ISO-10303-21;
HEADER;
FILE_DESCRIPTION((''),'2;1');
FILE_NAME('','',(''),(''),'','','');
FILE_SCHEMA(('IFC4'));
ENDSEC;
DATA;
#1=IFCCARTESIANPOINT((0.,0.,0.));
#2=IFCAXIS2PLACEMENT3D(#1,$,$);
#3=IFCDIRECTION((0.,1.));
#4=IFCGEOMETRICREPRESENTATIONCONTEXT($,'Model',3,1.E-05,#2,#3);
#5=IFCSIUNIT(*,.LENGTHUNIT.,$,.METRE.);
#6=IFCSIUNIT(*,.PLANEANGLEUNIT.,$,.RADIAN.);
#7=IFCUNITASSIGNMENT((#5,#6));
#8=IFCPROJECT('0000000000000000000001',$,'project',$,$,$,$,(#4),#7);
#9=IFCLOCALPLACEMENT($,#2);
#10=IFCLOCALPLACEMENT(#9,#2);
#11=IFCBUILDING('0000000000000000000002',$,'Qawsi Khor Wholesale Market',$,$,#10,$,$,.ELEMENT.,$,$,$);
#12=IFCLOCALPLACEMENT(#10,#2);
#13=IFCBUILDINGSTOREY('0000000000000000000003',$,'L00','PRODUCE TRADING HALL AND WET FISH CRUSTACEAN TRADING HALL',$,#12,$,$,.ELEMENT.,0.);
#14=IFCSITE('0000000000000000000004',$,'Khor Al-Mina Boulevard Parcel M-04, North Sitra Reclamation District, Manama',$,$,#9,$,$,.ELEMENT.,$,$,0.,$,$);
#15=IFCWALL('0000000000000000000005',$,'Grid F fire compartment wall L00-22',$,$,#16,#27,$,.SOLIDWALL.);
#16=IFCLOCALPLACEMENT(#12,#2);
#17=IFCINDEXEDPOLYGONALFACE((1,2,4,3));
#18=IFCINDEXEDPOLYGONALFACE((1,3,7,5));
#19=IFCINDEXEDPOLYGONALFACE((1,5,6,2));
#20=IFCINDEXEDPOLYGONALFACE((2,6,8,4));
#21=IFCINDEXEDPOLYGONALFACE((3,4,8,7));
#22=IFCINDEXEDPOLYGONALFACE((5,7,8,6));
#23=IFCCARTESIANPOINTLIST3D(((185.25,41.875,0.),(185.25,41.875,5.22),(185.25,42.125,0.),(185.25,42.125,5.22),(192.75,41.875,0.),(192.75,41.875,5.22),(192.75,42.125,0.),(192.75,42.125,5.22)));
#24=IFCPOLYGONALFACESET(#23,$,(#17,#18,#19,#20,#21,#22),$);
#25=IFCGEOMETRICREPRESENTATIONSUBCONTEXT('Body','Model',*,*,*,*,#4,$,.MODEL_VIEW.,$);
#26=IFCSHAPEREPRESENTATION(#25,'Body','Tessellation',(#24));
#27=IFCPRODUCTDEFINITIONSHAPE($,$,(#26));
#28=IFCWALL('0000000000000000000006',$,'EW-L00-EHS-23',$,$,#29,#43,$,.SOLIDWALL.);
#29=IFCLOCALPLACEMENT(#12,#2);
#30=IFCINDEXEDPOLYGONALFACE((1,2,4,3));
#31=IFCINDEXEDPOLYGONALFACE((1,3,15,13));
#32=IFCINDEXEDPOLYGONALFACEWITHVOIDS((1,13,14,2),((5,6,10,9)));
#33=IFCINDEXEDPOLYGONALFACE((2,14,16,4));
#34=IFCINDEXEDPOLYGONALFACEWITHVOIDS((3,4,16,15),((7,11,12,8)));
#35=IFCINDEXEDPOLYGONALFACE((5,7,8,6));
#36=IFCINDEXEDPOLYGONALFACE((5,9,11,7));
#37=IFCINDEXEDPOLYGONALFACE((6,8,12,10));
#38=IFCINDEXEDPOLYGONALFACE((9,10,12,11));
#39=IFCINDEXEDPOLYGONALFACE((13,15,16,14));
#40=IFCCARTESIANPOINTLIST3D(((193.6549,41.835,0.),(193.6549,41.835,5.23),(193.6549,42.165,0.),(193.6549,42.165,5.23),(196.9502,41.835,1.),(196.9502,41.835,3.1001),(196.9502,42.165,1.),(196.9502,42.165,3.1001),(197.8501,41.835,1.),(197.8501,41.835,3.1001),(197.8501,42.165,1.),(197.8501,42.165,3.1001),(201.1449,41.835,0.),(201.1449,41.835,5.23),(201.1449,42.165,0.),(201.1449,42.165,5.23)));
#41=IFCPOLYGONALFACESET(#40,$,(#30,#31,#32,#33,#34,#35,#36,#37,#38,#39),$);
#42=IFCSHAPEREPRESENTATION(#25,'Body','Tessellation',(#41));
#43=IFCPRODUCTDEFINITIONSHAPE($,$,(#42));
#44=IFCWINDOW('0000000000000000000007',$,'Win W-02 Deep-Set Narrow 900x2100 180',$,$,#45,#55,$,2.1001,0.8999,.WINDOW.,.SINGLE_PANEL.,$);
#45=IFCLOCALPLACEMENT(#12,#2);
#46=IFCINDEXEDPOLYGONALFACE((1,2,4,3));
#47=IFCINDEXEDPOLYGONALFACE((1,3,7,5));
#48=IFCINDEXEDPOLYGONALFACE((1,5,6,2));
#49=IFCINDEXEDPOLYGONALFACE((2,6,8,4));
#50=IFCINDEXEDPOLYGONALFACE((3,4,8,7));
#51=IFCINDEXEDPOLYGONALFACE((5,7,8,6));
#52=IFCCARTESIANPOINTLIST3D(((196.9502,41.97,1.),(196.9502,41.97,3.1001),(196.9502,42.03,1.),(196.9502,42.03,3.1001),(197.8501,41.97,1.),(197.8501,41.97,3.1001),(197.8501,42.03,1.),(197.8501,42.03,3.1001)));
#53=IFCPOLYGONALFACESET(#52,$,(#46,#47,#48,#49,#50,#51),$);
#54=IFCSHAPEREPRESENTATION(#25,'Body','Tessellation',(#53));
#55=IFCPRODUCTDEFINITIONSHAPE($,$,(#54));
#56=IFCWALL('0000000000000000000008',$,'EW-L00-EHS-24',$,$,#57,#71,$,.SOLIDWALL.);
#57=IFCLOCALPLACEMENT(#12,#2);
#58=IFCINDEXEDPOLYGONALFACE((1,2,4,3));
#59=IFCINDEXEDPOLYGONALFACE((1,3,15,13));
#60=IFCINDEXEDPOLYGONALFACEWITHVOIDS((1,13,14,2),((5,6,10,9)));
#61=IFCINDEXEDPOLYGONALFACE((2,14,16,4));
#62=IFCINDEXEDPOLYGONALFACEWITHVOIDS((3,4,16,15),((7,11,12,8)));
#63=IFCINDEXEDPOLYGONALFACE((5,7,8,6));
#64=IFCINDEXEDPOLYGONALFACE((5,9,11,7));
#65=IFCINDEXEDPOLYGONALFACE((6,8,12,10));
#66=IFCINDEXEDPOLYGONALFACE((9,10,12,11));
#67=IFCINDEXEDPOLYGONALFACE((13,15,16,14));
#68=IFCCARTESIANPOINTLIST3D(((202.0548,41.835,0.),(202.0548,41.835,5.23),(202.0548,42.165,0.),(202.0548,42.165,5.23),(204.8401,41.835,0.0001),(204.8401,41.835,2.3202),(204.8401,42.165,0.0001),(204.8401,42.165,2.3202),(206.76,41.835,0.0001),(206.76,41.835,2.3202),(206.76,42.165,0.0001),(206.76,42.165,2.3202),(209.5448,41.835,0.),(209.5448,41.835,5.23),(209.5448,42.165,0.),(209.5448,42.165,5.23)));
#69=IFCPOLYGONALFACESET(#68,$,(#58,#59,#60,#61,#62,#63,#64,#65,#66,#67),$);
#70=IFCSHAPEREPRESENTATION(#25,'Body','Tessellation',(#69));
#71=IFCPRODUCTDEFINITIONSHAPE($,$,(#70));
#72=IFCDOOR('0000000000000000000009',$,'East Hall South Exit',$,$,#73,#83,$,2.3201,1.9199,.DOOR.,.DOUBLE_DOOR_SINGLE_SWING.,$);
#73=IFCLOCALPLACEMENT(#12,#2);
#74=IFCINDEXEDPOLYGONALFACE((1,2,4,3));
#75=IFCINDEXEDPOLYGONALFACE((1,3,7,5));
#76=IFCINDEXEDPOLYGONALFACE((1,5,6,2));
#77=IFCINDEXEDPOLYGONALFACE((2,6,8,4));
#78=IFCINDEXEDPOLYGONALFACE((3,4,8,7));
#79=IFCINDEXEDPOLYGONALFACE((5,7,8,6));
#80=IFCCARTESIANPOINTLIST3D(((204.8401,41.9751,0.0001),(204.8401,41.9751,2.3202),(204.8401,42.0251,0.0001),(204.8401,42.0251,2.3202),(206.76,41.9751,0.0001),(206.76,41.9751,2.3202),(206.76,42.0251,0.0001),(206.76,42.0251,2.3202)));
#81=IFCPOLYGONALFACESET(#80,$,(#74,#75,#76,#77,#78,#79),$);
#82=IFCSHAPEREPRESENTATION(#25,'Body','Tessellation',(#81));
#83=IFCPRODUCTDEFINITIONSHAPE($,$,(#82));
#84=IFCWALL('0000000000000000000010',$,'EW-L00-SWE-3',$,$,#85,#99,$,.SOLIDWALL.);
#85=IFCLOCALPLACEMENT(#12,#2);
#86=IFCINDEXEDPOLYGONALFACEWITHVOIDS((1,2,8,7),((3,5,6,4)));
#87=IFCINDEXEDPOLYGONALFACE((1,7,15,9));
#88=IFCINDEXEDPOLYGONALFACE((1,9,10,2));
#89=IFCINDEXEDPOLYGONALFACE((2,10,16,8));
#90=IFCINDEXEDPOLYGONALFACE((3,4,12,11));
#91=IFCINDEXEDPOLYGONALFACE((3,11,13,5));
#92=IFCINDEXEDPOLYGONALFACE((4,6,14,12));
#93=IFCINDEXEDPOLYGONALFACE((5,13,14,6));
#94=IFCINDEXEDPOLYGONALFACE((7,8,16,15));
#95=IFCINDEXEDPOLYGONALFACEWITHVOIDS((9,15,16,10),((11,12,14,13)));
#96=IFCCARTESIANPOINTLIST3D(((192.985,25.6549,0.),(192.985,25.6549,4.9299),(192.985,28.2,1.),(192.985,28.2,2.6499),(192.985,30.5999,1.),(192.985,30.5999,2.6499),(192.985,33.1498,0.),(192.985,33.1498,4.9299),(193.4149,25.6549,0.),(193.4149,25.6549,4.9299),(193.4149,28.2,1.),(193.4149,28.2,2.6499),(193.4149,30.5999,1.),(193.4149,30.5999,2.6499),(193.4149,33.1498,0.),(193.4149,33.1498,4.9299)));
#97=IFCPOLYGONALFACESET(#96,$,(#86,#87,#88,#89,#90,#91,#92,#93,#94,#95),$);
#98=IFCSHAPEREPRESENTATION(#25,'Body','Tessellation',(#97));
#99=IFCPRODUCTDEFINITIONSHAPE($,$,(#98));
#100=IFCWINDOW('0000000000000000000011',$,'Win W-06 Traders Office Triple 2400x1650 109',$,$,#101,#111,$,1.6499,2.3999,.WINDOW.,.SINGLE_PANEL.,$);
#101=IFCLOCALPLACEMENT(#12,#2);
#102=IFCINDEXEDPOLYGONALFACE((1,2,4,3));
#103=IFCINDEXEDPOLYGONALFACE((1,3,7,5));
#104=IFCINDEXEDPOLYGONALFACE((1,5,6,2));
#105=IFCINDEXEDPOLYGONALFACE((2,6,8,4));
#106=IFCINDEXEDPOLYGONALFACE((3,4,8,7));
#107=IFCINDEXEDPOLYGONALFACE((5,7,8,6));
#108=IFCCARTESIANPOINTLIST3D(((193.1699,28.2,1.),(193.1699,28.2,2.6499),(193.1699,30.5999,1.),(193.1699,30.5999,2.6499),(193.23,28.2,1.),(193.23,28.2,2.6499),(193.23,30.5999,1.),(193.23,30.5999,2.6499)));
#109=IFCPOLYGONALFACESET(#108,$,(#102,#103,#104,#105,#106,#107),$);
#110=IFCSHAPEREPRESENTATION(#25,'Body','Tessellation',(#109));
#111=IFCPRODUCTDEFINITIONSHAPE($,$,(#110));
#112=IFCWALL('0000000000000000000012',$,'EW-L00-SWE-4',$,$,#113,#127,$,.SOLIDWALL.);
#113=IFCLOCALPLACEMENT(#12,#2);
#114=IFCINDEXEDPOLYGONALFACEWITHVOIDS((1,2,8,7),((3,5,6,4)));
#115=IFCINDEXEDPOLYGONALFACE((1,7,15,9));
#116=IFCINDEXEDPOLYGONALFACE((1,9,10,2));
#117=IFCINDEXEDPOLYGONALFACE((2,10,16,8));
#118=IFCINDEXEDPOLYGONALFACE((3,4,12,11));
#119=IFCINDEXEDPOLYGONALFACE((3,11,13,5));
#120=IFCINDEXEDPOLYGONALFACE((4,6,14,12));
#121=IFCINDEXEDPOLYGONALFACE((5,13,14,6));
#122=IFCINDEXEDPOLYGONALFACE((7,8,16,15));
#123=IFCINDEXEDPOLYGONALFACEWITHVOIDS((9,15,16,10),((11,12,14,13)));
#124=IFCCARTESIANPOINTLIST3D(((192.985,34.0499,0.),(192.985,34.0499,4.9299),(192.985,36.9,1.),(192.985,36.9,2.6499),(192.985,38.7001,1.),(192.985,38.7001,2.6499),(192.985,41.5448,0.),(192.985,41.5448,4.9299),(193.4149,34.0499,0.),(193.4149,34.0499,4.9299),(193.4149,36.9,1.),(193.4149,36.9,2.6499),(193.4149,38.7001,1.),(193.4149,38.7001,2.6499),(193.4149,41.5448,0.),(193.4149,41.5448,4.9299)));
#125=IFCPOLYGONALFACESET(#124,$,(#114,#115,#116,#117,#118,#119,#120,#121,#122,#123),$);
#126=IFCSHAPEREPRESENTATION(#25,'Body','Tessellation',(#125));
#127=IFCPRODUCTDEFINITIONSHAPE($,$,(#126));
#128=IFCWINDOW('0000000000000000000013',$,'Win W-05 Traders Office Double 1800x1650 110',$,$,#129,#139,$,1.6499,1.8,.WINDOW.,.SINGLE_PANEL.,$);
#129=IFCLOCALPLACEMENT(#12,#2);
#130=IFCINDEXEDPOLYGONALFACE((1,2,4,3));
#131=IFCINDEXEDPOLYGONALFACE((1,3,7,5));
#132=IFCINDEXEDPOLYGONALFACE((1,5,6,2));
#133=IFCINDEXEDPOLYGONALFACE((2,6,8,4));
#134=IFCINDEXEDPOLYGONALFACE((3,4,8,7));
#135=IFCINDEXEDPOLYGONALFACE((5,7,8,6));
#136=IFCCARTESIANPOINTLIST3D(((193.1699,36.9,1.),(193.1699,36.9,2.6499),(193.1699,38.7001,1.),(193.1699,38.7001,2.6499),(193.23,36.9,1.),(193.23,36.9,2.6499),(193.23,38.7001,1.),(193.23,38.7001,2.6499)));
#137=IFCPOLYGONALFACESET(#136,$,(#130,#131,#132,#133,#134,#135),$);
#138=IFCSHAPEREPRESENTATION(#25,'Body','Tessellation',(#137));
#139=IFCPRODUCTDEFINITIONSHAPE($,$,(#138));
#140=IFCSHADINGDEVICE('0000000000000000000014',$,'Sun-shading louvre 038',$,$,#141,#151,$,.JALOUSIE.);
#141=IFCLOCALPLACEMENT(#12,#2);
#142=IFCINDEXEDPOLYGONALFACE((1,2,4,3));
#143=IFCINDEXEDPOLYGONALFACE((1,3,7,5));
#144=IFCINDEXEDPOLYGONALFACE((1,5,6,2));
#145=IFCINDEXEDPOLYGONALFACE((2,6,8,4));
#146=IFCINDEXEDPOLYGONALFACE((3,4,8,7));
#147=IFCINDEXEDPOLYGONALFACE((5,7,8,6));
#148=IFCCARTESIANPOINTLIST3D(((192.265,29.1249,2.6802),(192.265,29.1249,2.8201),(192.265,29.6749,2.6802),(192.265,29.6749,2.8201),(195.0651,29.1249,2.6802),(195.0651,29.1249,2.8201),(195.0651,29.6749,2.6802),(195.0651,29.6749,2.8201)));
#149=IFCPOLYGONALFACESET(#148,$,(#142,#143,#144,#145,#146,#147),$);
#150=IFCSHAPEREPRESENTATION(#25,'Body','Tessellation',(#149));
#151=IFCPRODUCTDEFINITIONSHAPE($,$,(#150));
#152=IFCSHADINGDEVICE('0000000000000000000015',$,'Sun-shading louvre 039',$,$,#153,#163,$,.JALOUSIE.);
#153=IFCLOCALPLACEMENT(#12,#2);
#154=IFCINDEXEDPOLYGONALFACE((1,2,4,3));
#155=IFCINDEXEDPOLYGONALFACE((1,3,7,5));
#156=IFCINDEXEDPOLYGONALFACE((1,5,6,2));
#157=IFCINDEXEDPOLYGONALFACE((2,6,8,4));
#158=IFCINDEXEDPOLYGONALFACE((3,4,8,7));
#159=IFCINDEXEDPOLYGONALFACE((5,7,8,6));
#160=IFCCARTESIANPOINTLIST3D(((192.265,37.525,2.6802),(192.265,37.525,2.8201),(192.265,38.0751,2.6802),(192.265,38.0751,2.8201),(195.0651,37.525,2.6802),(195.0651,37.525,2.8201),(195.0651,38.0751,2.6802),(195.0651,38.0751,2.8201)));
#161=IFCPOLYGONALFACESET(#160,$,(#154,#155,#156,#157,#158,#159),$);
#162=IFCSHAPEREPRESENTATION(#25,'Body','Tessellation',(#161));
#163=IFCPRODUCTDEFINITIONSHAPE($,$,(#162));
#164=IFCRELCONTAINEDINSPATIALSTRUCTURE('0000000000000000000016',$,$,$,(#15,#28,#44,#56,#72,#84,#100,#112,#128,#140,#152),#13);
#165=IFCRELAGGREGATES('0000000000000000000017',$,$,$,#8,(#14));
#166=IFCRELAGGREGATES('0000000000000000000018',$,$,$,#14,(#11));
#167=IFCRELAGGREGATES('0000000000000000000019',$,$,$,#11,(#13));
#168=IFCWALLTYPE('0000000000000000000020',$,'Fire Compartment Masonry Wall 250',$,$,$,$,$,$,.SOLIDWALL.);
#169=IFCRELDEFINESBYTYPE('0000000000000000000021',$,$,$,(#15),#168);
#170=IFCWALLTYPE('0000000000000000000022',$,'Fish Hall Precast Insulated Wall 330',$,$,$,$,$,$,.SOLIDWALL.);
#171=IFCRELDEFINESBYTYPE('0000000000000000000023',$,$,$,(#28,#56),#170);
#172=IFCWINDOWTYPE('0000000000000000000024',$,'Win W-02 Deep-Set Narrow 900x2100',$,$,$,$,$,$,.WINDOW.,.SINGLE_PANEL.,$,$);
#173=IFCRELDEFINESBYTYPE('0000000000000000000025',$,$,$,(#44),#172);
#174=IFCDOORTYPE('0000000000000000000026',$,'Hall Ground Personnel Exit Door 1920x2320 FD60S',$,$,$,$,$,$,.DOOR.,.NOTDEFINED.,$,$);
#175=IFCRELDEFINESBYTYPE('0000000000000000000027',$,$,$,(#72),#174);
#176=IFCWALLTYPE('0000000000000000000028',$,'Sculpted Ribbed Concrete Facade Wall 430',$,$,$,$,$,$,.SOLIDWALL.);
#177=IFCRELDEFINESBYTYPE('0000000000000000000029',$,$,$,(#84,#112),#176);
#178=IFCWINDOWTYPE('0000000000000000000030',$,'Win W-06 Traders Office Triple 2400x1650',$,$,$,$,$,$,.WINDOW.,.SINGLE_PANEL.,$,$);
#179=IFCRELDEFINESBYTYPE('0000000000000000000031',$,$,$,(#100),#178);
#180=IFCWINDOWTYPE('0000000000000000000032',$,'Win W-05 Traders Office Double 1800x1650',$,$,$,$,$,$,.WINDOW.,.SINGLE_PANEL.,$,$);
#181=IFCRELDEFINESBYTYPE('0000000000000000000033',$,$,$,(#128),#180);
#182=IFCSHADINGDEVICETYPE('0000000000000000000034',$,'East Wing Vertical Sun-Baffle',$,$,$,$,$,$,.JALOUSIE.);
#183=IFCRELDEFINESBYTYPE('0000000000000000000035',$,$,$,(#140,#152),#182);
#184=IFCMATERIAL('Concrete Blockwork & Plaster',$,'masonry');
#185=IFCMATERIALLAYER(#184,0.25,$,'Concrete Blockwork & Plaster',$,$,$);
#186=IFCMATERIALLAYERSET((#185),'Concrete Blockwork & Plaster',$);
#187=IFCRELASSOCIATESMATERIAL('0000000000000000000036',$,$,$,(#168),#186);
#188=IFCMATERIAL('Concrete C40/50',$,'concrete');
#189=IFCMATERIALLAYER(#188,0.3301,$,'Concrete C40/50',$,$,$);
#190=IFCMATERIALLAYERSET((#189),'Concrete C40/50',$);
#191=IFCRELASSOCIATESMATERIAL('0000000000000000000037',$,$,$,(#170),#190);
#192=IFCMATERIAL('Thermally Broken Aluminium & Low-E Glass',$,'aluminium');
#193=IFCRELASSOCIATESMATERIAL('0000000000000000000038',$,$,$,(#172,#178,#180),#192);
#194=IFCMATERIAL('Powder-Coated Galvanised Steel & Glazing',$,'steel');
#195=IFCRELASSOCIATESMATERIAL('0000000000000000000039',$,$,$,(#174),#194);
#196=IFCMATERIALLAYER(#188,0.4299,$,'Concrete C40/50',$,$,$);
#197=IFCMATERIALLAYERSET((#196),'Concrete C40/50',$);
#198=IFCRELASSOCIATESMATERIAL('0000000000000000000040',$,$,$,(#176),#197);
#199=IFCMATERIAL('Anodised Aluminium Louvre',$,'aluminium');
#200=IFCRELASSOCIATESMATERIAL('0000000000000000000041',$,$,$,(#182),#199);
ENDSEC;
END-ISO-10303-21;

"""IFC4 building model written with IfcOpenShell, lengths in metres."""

from ifc_helpers import new_model, si_unit, direction, frame, frame_2d, origin, origin_2d, place, context, subcontext, project, spatial, rectangle, extrude, material, layer, layer_set, type_object, element, fill, save


model = new_model("IFC4")

# Units and contexts
model_context = context("Model", 3, precision=1e-05, world=origin(), true_north=direction((0.0, 1.0)))
body_context = subcontext(model_context, "Body", "Model", "MODEL_VIEW")
ifc_project = project(units=[si_unit("LENGTHUNIT", "METRE"), si_unit("PLANEANGLEUNIT", "RADIAN")], contexts=[model_context])

# Site, building, storey
site_placement = place(None, origin())
site = spatial("IfcSite", under=ifc_project, at=site_placement, Name="Khor Al-Mina Boulevard Parcel M-04, North Sitra Reclamation District, Manama", CompositionType="ELEMENT", RefElevation=0.0)
building_placement = place(site_placement, origin())
building = spatial("IfcBuilding", under=site, at=building_placement, Name="Qawsi Khor Wholesale Market", CompositionType="ELEMENT")
storey_placement = place(building_placement, origin())
storey = spatial("IfcBuildingStorey", under=building, at=storey_placement, Name="L00", Description="PRODUCE TRADING HALL AND WET FISH CRUSTACEAN TRADING HALL", CompositionType="ELEMENT", Elevation=0.0)

# Shared definitions
ifc_material_1 = material(Name="Concrete C40/50", Category="concrete")

# Wall
ifc_material_2 = material(Name="Concrete Blockwork & Plaster", Category="masonry")
ifc_layer_1 = layer(ifc_material_2, 0.25, Name="Concrete Blockwork & Plaster")
ifc_layer_set_1 = layer_set([ifc_layer_1], Name="Concrete Blockwork & Plaster")
wall_type_1 = type_object("IfcWallType", Name="Fire Compartment Masonry Wall 250", PredefinedType="SOLIDWALL", material=ifc_layer_set_1)
wall_1_placement = place(storey_placement, frame((185.25, 42.0, 0.0), z_axis=(0.0, 0.0, 1.0), x_axis=(1.0, 0.0, 0.0)))
element("IfcWall", 1, at=wall_1_placement, inside=storey, type_object=wall_type_1, Name="Grid F fire compartment wall L00-22", PredefinedType="SOLIDWALL", context=body_context, shape_type="SweptSolid", body=[
    extrude(rectangle(XDim=7.5, YDim=0.25, at=frame_2d((3.75, 0.0))), origin(), (0.0, 0.0, 1.0), 5.22),
])

# Wall, opening, window
ifc_layer_2 = layer(ifc_material_1, 0.3301, Name="Concrete C40/50")
ifc_layer_set_2 = layer_set([ifc_layer_2], Name="Concrete C40/50")
wall_type_2 = type_object("IfcWallType", Name="Fish Hall Precast Insulated Wall 330", PredefinedType="SOLIDWALL", material=ifc_layer_set_2)
wall_2_placement = place(storey_placement, frame((201.145, 42.0, 0.0), z_axis=(0.0, 0.0, 1.0), x_axis=(-1.0, 0.0, 0.0)))
wall_2 = element("IfcWall", 2, at=wall_2_placement, inside=storey, type_object=wall_type_2, Name="EW-L00-EHS-23", PredefinedType="SOLIDWALL", context=body_context, shape_type="SweptSolid", body=[
    extrude(rectangle(XDim=7.49, YDim=0.3301, at=frame_2d((3.7451, 0.0))), origin(), (0.0, 0.0, 1.0), 5.23),
])
opening_1_placement = place(wall_2_placement, frame((3.2949, 0.0, 1.0)))
opening_1 = element("IfcOpeningElement", 3, at=opening_1_placement, cuts=wall_2, PredefinedType="OPENING", context=body_context, shape_type="SweptSolid", body=[
    extrude(rectangle(XDim=0.8999, YDim=2.1001, at=frame_2d((0.45, 1.05))), frame((0.0, 0.175, 0.0), z_axis=(0.0, -1.0, 0.0), x_axis=(1.0, 0.0, 0.0)), (0.0, 0.0, 1.0), 0.3501),
])
ifc_material_3 = material(Name="Thermally Broken Aluminium & Low-E Glass", Category="aluminium")
window_type_1 = type_object("IfcWindowType", Name="Win W-02 Deep-Set Narrow 900x2100", PartitioningType="SINGLE_PANEL", PredefinedType="WINDOW", material=ifc_material_3)
window_1_placement = place(opening_1_placement, origin())
window_1 = element("IfcWindow", 4, at=window_1_placement, inside=storey, type_object=window_type_1, Name="Win W-02 Deep-Set Narrow 900x2100 180", OverallHeight=2.1001, OverallWidth=0.8999, PartitioningType="SINGLE_PANEL", PredefinedType="WINDOW", context=body_context, shape_type="SweptSolid", body=[
    extrude(rectangle(XDim=0.8999, YDim=2.1001, at=frame_2d((0.45, 1.05))), frame((0.0, 0.03, 0.0), z_axis=(0.0, -1.0, 0.0), x_axis=(1.0, 0.0, 0.0)), (0.0, 0.0, 1.0), 0.0601),
])
fill(opening_1, window_1)

# Wall, opening, door
wall_3_placement = place(storey_placement, frame((209.5449, 42.0, 0.0), z_axis=(0.0, 0.0, 1.0), x_axis=(-1.0, 0.0, 0.0)))
wall_3 = element("IfcWall", 5, at=wall_3_placement, inside=storey, type_object=wall_type_2, Name="EW-L00-EHS-24", PredefinedType="SOLIDWALL", context=body_context, shape_type="SweptSolid", body=[
    extrude(rectangle(XDim=7.49, YDim=0.3301, at=frame_2d((3.7451, 0.0))), origin(), (0.0, 0.0, 1.0), 5.23),
])
opening_2_placement = place(wall_3_placement, frame((2.7849, 0.0, 0.0)))
opening_2 = element("IfcOpeningElement", 6, at=opening_2_placement, cuts=wall_3, PredefinedType="OPENING", context=body_context, shape_type="SweptSolid", body=[
    extrude(rectangle(XDim=1.9199, YDim=2.3201, at=frame_2d((0.96, 1.1602))), frame((0.0, 0.175, 0.0), z_axis=(0.0, -1.0, 0.0), x_axis=(1.0, 0.0, 0.0)), (0.0, 0.0, 1.0), 0.3501),
])
ifc_material_4 = material(Name="Powder-Coated Galvanised Steel & Glazing", Category="steel")
door_type = type_object("IfcDoorType", Name="Hall Ground Personnel Exit Door 1920x2320 FD60S", OperationType="NOTDEFINED", PredefinedType="DOOR", material=ifc_material_4)
door_placement = place(opening_2_placement, origin())
door = element("IfcDoor", 7, at=door_placement, inside=storey, type_object=door_type, Name="East Hall South Exit", OperationType="DOUBLE_DOOR_SINGLE_SWING", OverallHeight=2.3201, OverallWidth=1.9199, PredefinedType="DOOR", context=body_context, shape_type="SweptSolid", body=[
    extrude(rectangle(XDim=1.9199, YDim=2.3201, at=frame_2d((0.96, 1.1602))), frame((0.0, 0.0249, 0.0), z_axis=(0.0, -1.0, 0.0), x_axis=(1.0, 0.0, 0.0)), (0.0, 0.0, 1.0), 0.05),
])
fill(opening_2, door)

# Walls, openings, windows
ifc_layer_3 = layer(ifc_material_1, 0.4299, Name="Concrete C40/50")
ifc_layer_set_3 = layer_set([ifc_layer_3], Name="Concrete C40/50")
wall_type_3 = type_object("IfcWallType", Name="Sculpted Ribbed Concrete Facade Wall 430", PredefinedType="SOLIDWALL", material=ifc_layer_set_3)
wall_4_placement = place(storey_placement, frame((193.2, 33.1499, 0.0), z_axis=(0.0, 0.0, 1.0), x_axis=(0.0, -1.0, 0.0)))
wall_4 = element("IfcWall", 8, at=wall_4_placement, inside=storey, type_object=wall_type_3, Name="EW-L00-SWE-3", PredefinedType="SOLIDWALL", context=body_context, shape_type="SweptSolid", body=[
    extrude(rectangle(XDim=7.4949, YDim=0.4299, at=frame_2d((3.7476, 0.0))), origin(), (0.0, 0.0, 1.0), 4.9299),
])
opening_3_placement = place(wall_4_placement, frame((2.55, 0.0, 1.0)))
opening_3 = element("IfcOpeningElement", 9, at=opening_3_placement, cuts=wall_4, PredefinedType="OPENING", context=body_context, shape_type="SweptSolid", body=[
    extrude(rectangle(XDim=2.3999, YDim=1.6499, at=frame_2d((1.2, 0.825))), frame((0.0, 0.2249, 0.0), z_axis=(0.0, -1.0, 0.0), x_axis=(1.0, 0.0, 0.0)), (0.0, 0.0, 1.0), 0.45),
])
window_type_2 = type_object("IfcWindowType", Name="Win W-06 Traders Office Triple 2400x1650", PartitioningType="SINGLE_PANEL", PredefinedType="WINDOW", material=ifc_material_3)
window_2_placement = place(opening_3_placement, origin())
window_2 = element("IfcWindow", 10, at=window_2_placement, inside=storey, type_object=window_type_2, Name="Win W-06 Traders Office Triple 2400x1650 109", OverallHeight=1.6499, OverallWidth=2.3999, PartitioningType="SINGLE_PANEL", PredefinedType="WINDOW", context=body_context, shape_type="SweptSolid", body=[
    extrude(rectangle(XDim=2.3999, YDim=1.6499, at=frame_2d((1.2, 0.825))), frame((0.0, 0.03, 0.0), z_axis=(0.0, -1.0, 0.0), x_axis=(1.0, 0.0, 0.0)), (0.0, 0.0, 1.0), 0.0601),
])
fill(opening_3, window_2)
wall_5_placement = place(storey_placement, frame((193.2, 41.5449, 0.0), z_axis=(0.0, 0.0, 1.0), x_axis=(0.0, -1.0, 0.0)))
wall_5 = element("IfcWall", 11, at=wall_5_placement, inside=storey, type_object=wall_type_3, Name="EW-L00-SWE-4", PredefinedType="SOLIDWALL", context=body_context, shape_type="SweptSolid", body=[
    extrude(rectangle(XDim=7.4949, YDim=0.4299, at=frame_2d((3.7476, 0.0))), origin(), (0.0, 0.0, 1.0), 4.9299),
])
opening_4_placement = place(wall_5_placement, frame((2.845, 0.0, 1.0)))
opening_4 = element("IfcOpeningElement", 12, at=opening_4_placement, cuts=wall_5, PredefinedType="OPENING", context=body_context, shape_type="SweptSolid", body=[
    extrude(rectangle(XDim=1.8, YDim=1.6499, at=frame_2d((0.8999, 0.825))), frame((0.0, 0.2249, 0.0), z_axis=(0.0, -1.0, 0.0), x_axis=(1.0, 0.0, 0.0)), (0.0, 0.0, 1.0), 0.45),
])
window_type_3 = type_object("IfcWindowType", Name="Win W-05 Traders Office Double 1800x1650", PartitioningType="SINGLE_PANEL", PredefinedType="WINDOW", material=ifc_material_3)
window_3_placement = place(opening_4_placement, origin())
window_3 = element("IfcWindow", 13, at=window_3_placement, inside=storey, type_object=window_type_3, Name="Win W-05 Traders Office Double 1800x1650 110", OverallHeight=1.6499, OverallWidth=1.8, PartitioningType="SINGLE_PANEL", PredefinedType="WINDOW", context=body_context, shape_type="SweptSolid", body=[
    extrude(rectangle(XDim=1.8, YDim=1.6499, at=frame_2d((0.8999, 0.825))), frame((0.0, 0.03, 0.0), z_axis=(0.0, -1.0, 0.0), x_axis=(1.0, 0.0, 0.0)), (0.0, 0.0, 1.0), 0.0601),
])
fill(opening_4, window_3)

# Shading devices
ifc_material_5 = material(Name="Anodised Aluminium Louvre", Category="aluminium")
shading_device_type = type_object("IfcShadingDeviceType", Name="East Wing Vertical Sun-Baffle", PredefinedType="JALOUSIE", material=ifc_material_5)
for number, where, z_axis, x_axis, name in (
    (14, (193.665, 29.3999, 2.6802), (0.0, 0.0, 1.0), (1.0, 0.0, 0.0), "Sun-shading louvre 038"),
    (15, (193.665, 37.8, 2.6802), (0.0, 0.0, 1.0), (1.0, 0.0, 0.0), "Sun-shading louvre 039"),
):
    element("IfcShadingDevice", number, at=place(storey_placement, frame(where, z_axis=z_axis, x_axis=x_axis)), inside=storey, type_object=shading_device_type, Name=name, PredefinedType="JALOUSIE", context=body_context, shape_type="SweptSolid", body=[
        extrude(rectangle(XDim=2.8, YDim=0.55, at=origin_2d()), origin(), (0.0, 0.0, 1.0), 0.1399),
    ])

save(model, "model.ifc")
